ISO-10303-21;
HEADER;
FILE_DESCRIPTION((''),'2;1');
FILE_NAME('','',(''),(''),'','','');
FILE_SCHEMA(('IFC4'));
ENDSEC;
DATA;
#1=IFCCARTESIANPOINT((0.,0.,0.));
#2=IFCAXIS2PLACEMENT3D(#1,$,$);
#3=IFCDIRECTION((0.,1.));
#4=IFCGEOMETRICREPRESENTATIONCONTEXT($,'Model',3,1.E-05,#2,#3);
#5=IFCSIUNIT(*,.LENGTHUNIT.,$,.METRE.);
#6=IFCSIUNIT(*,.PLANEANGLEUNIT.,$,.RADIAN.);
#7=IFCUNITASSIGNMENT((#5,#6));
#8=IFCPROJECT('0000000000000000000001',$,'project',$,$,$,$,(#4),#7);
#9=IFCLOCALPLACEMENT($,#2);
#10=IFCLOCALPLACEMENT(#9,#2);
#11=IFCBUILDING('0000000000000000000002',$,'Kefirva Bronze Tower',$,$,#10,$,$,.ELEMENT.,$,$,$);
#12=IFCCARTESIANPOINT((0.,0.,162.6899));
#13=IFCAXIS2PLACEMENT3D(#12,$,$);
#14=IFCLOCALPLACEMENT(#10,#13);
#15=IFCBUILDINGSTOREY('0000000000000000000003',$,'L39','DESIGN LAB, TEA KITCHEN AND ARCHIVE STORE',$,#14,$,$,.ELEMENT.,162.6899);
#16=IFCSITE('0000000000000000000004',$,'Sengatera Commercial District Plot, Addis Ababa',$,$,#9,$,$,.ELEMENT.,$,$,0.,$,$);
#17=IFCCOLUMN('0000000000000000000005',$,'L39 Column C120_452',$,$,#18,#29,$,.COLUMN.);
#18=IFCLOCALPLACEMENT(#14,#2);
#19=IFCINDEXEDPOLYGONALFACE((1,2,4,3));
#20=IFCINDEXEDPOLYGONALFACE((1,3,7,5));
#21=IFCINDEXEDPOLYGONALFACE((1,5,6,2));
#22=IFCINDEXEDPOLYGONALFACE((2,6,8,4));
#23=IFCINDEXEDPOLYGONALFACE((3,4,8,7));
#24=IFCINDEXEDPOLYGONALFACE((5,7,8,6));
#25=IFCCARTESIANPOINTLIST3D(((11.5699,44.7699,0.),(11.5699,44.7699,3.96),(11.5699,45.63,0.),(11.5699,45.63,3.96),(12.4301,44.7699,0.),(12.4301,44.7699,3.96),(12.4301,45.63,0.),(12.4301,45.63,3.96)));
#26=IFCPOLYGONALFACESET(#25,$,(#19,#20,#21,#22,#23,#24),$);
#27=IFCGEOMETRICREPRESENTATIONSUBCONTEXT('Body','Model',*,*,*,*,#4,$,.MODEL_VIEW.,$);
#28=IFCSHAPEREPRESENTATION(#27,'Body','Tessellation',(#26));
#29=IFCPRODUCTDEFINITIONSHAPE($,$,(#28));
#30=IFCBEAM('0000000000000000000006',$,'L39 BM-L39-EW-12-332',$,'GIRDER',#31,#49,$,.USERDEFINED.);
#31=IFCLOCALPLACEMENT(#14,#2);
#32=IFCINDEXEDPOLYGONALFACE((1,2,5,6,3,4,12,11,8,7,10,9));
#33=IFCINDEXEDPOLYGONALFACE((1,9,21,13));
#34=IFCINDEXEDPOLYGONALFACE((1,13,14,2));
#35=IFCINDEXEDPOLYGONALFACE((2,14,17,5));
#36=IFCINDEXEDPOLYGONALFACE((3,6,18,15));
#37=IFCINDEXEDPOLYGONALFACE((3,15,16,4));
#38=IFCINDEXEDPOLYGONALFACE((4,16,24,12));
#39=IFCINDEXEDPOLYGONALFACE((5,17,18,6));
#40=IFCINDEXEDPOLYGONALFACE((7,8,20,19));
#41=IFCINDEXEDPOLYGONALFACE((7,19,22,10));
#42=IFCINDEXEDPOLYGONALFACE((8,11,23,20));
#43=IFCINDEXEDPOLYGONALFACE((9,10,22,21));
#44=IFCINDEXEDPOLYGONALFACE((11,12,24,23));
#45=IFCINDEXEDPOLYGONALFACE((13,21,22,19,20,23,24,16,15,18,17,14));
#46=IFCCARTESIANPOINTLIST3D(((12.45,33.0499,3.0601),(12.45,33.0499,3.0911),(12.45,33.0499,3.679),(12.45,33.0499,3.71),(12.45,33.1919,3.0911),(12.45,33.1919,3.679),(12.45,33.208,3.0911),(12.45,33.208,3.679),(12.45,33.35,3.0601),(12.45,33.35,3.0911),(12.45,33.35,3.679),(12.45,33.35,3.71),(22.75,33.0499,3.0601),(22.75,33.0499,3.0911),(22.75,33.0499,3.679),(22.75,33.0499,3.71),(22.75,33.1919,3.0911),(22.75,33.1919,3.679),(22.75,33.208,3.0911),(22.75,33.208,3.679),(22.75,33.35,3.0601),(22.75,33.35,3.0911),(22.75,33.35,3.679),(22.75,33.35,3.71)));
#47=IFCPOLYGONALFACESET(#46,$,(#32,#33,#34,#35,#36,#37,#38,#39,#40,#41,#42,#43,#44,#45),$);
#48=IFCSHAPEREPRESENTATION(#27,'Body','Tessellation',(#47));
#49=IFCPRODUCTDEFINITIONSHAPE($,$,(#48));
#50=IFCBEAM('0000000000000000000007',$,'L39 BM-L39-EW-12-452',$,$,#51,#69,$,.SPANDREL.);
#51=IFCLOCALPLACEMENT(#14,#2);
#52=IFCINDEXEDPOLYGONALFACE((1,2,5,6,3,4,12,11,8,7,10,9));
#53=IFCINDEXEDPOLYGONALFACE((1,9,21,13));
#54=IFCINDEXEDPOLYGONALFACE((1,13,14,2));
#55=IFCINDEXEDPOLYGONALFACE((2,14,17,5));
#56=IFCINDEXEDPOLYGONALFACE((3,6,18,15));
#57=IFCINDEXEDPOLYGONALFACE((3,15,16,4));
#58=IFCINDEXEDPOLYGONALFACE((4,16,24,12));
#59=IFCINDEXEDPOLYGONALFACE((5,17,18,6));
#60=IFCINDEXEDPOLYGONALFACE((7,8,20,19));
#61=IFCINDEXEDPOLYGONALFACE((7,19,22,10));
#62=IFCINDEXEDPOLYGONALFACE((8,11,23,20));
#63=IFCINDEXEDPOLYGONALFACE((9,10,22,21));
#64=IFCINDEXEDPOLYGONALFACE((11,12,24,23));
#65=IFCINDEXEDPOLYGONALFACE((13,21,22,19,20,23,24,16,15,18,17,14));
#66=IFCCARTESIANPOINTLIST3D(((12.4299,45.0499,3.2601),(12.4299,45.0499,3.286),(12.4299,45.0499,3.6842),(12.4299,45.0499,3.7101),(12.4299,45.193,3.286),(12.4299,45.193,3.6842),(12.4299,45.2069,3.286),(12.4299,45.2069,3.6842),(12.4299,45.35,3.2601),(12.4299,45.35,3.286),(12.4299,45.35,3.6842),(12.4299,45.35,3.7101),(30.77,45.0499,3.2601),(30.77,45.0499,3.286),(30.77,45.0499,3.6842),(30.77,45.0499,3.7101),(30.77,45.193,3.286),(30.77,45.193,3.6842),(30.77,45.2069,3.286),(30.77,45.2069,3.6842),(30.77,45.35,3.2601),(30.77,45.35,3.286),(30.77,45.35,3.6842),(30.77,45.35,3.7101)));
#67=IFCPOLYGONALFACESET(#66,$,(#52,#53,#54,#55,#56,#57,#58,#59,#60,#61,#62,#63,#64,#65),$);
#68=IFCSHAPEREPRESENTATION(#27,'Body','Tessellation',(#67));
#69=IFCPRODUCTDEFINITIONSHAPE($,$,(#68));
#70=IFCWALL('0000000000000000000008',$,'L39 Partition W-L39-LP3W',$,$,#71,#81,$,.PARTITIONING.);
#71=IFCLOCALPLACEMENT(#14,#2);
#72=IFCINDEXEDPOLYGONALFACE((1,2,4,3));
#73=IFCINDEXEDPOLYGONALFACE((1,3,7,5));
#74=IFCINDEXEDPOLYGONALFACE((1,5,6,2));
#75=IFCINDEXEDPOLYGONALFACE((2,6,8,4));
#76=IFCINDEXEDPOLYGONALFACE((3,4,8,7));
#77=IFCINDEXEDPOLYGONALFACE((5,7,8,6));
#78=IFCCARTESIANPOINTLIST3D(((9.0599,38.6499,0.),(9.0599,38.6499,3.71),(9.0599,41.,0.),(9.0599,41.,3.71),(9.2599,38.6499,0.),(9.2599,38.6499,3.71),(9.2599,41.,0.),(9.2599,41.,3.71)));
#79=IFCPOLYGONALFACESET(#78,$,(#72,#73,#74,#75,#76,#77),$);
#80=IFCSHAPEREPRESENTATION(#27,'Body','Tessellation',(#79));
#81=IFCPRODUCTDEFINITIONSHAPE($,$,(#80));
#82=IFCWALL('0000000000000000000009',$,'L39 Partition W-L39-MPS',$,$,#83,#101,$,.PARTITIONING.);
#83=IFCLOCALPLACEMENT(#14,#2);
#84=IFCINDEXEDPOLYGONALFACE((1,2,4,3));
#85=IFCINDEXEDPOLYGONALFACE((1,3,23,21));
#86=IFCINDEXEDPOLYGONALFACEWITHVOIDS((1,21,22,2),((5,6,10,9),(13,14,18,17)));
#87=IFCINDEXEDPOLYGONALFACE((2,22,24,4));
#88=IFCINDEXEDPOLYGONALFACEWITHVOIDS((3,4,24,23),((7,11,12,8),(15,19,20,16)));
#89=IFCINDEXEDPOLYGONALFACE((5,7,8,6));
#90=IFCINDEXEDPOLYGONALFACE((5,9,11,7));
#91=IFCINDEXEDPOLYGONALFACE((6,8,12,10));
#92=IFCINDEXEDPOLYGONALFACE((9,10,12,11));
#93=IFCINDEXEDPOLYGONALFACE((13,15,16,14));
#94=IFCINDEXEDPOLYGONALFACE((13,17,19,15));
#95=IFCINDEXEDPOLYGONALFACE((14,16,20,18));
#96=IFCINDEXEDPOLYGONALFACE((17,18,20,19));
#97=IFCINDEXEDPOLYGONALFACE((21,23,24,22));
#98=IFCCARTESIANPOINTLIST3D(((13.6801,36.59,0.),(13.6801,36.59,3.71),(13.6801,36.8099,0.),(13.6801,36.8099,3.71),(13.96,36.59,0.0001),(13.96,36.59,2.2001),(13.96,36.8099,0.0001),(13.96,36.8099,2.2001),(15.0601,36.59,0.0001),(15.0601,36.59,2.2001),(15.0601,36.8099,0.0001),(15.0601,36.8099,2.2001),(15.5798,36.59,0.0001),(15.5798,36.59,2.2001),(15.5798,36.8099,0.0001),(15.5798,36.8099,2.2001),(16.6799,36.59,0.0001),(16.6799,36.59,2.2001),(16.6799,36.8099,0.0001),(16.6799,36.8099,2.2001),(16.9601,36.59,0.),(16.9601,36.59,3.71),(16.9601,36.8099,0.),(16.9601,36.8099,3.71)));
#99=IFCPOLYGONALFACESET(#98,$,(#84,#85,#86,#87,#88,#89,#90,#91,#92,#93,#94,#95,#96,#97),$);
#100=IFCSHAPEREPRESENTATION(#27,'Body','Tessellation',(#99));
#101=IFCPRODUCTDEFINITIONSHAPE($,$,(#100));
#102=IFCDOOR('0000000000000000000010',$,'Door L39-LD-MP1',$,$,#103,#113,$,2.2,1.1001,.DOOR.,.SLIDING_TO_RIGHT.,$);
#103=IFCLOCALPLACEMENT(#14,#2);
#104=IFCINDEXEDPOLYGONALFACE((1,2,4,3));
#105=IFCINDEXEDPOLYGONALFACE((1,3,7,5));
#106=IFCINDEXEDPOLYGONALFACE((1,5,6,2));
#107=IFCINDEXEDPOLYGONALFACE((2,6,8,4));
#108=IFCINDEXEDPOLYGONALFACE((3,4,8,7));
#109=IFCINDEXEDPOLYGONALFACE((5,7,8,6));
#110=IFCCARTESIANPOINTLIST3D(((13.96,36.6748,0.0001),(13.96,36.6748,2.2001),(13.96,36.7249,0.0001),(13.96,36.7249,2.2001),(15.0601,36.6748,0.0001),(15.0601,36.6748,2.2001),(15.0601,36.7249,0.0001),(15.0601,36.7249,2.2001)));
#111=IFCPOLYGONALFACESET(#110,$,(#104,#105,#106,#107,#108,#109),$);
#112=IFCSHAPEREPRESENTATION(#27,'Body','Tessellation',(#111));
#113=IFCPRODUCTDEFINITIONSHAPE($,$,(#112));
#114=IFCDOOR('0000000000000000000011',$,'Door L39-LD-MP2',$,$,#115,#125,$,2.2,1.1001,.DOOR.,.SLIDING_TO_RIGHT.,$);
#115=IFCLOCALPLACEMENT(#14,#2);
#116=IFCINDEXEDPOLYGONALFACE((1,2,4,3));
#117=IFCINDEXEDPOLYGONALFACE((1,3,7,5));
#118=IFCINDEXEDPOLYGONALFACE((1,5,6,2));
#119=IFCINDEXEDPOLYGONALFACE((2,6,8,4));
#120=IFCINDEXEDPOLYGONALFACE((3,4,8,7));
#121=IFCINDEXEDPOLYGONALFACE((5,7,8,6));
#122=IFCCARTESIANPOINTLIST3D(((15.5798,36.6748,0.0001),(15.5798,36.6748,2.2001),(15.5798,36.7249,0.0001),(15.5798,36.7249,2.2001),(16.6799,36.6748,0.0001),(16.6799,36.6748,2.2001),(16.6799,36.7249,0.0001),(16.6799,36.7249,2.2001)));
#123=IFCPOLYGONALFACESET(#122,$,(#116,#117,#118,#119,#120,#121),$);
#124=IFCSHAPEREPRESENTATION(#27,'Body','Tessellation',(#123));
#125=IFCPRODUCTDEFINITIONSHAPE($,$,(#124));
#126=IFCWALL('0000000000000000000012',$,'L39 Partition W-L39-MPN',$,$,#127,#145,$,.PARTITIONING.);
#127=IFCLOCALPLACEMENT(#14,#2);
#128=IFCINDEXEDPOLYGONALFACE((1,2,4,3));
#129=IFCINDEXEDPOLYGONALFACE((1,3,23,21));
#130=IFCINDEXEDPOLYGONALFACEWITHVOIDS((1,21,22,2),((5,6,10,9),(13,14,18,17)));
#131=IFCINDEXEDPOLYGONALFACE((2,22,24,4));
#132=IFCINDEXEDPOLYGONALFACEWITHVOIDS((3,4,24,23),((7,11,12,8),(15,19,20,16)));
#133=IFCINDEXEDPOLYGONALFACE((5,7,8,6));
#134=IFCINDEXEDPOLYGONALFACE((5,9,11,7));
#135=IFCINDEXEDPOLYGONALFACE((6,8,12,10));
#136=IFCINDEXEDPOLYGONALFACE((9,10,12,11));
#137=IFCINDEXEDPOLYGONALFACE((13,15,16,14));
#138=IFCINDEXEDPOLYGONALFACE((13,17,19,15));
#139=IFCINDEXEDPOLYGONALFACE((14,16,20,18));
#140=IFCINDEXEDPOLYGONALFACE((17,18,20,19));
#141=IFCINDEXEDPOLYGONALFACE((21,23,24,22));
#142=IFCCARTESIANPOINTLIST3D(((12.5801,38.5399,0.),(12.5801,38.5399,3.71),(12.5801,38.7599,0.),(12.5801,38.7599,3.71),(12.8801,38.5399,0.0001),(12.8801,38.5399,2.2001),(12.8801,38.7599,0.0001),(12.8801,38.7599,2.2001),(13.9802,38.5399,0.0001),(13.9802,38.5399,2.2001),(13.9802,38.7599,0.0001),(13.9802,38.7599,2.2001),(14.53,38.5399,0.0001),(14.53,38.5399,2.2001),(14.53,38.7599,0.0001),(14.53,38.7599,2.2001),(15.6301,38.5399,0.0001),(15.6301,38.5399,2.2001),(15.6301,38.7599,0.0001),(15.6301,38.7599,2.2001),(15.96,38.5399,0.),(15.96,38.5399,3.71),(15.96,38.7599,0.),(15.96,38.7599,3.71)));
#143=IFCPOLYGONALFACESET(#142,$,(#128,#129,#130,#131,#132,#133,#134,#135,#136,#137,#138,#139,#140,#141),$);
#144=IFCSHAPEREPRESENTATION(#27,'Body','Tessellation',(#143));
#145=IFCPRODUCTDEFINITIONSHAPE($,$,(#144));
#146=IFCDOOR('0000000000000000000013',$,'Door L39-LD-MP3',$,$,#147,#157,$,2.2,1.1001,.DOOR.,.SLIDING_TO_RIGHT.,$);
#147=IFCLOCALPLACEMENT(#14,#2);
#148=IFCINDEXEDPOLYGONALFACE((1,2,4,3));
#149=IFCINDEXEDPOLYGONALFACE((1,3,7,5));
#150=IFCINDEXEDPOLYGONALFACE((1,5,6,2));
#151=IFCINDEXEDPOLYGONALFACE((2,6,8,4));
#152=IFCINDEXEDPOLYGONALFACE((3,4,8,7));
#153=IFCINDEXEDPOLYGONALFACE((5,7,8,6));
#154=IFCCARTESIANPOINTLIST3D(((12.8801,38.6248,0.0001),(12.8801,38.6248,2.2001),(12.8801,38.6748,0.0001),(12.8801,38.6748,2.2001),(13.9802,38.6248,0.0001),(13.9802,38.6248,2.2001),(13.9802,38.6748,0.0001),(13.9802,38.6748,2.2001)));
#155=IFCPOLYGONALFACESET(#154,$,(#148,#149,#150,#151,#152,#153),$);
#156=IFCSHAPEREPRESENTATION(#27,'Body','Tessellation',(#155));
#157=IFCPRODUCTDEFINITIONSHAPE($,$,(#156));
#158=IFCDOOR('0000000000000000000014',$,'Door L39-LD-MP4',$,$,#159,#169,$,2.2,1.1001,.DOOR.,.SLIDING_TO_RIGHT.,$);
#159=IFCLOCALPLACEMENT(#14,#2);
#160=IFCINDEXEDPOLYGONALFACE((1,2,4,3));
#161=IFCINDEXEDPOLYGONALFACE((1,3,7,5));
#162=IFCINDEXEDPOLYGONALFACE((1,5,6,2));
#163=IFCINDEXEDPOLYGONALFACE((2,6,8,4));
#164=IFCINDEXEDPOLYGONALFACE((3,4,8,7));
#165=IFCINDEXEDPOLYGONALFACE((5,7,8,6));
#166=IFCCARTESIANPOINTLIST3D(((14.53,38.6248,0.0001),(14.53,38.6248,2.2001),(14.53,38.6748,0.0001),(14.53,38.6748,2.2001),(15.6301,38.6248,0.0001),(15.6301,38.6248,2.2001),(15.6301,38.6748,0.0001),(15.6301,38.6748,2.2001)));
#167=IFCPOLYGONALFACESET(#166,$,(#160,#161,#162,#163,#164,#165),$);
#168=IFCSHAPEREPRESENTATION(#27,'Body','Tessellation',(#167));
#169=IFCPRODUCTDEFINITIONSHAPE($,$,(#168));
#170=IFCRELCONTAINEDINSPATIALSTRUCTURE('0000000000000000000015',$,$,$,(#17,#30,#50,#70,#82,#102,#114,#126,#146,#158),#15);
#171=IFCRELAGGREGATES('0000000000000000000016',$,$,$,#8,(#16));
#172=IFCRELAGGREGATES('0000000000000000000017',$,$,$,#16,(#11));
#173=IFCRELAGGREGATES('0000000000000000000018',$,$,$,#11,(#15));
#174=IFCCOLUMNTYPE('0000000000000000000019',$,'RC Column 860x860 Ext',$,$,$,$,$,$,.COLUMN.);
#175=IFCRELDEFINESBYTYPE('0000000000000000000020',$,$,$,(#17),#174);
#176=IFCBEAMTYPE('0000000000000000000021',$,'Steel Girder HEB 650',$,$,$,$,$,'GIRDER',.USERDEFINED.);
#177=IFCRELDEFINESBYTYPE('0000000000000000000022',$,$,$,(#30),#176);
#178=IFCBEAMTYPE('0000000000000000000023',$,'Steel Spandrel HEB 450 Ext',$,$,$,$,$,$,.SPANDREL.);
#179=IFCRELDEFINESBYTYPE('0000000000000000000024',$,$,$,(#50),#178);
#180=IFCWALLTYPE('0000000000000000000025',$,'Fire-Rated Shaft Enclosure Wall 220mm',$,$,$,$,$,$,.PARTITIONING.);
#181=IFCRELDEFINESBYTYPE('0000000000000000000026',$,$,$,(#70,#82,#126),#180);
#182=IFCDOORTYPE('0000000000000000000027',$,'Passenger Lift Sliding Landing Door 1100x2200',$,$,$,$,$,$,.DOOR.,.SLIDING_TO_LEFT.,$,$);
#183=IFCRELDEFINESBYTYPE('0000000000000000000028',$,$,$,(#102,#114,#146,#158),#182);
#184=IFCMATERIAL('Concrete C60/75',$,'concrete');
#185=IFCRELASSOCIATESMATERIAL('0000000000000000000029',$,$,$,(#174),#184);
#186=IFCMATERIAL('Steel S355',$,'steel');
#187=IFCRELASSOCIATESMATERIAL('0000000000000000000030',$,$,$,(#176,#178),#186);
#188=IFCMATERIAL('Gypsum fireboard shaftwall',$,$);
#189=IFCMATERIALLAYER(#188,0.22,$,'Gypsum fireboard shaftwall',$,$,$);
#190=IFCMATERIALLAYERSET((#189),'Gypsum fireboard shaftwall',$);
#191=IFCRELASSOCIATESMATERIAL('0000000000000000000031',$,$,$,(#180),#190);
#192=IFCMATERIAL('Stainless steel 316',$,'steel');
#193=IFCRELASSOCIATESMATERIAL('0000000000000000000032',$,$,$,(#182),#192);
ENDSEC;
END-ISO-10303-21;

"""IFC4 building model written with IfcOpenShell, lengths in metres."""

from ifc_helpers import new_model, si_unit, direction, frame, frame_2d, origin, origin_2d, place, context, subcontext, project, spatial, rectangle, i_section, extrude, material, layer, layer_set, material_profile, profile_set, type_object, element, fill, save


model = new_model("IFC4")

# Units and contexts
model_context = context("Model", 3, precision=1e-05, world=origin(), true_north=direction((0.0, 1.0)))
body_context = subcontext(model_context, "Body", "Model", "MODEL_VIEW")
ifc_project = project(units=[si_unit("LENGTHUNIT", "METRE"), si_unit("PLANEANGLEUNIT", "RADIAN")], contexts=[model_context])

# Site, building, storey
site_placement = place(None, origin())
site = spatial("IfcSite", under=ifc_project, at=site_placement, Name="Sengatera Commercial District Plot, Addis Ababa", CompositionType="ELEMENT", RefElevation=0.0)
building_placement = place(site_placement, origin())
building = spatial("IfcBuilding", under=site, at=building_placement, Name="Kefirva Bronze Tower", CompositionType="ELEMENT")
storey_placement = place(building_placement, frame((0.0, 0.0, 162.6899)))
storey = spatial("IfcBuildingStorey", under=building, at=storey_placement, Name="L39", Description="DESIGN LAB, TEA KITCHEN AND ARCHIVE STORE", CompositionType="ELEMENT", Elevation=162.6899)

# Column
ifc_material_1 = material(Name="Concrete C60/75", Category="concrete")
ifc_material_profile_1 = material_profile(ifc_material_1, rectangle(XDim=0.8601, YDim=0.8601, at=origin_2d()), Name="RC 860x860")
ifc_profile_set_1 = profile_set([ifc_material_profile_1], Name="Concrete C60/75")
column_type = type_object("IfcColumnType", Name="RC Column 860x860 Ext", PredefinedType="COLUMN", material=ifc_profile_set_1)
column_placement = place(storey_placement, frame((12.0, 45.2, 0.0), z_axis=(0.0, 0.0, 1.0), x_axis=(1.0, 0.0, 0.0)))
element("IfcColumn", 1, at=column_placement, inside=storey, type_object=column_type, Name="L39 Column C120_452", PredefinedType="COLUMN", context=body_context, shape_type="SweptSolid", body=[
    extrude(rectangle(XDim=0.8601, YDim=0.8601, at=origin_2d()), origin(), (0.0, 0.0, 1.0), 3.96),
])

# Beams
ifc_material_2 = material(Name="Steel S355", Category="steel")
ifc_material_profile_2 = material_profile(ifc_material_2, i_section(OverallWidth=0.3, OverallDepth=0.6499, WebThickness=0.0161, FlangeThickness=0.031, at=origin_2d()), Name="HEB 650")
ifc_profile_set_2 = profile_set([ifc_material_profile_2], Name="Steel S355")
beam_type_1 = type_object("IfcBeamType", Name="Steel Girder HEB 650", ElementType="GIRDER", PredefinedType="USERDEFINED", material=ifc_profile_set_2)
beam_1_placement = place(storey_placement, frame((12.45, 33.2, 3.385), z_axis=(1.0, 0.0, 0.0), x_axis=(0.0, 1.0, 0.0)))
element("IfcBeam", 2, at=beam_1_placement, inside=storey, type_object=beam_type_1, Name="L39 BM-L39-EW-12-332", ObjectType="GIRDER", PredefinedType="USERDEFINED", context=body_context, shape_type="SweptSolid", body=[
    extrude(i_section(OverallWidth=0.3, OverallDepth=0.6499, WebThickness=0.0161, FlangeThickness=0.031, at=origin_2d()), origin(), (0.0, 0.0, 1.0), 10.3),
])
ifc_material_profile_3 = material_profile(ifc_material_2, i_section(OverallWidth=0.3, OverallDepth=0.45, WebThickness=0.0139, FlangeThickness=0.0259, at=origin_2d()), Name="HEB 450")
ifc_profile_set_3 = profile_set([ifc_material_profile_3], Name="Steel S355")
beam_type_2 = type_object("IfcBeamType", Name="Steel Spandrel HEB 450 Ext", PredefinedType="SPANDREL", material=ifc_profile_set_3)
beam_2_placement = place(storey_placement, frame((12.4299, 45.2, 3.4851), z_axis=(1.0, 0.0, 0.0), x_axis=(0.0, 1.0, 0.0)))
element("IfcBeam", 3, at=beam_2_placement, inside=storey, type_object=beam_type_2, Name="L39 BM-L39-EW-12-452", PredefinedType="SPANDREL", context=body_context, shape_type="SweptSolid", body=[
    extrude(i_section(OverallWidth=0.3, OverallDepth=0.45, WebThickness=0.0139, FlangeThickness=0.0259, at=origin_2d()), origin(), (0.0, 0.0, 1.0), 18.3401),
])

# Wall
ifc_material_3 = material(Name="Gypsum fireboard shaftwall")
ifc_layer_1 = layer(ifc_material_3, 0.22, Name="Gypsum fireboard shaftwall")
ifc_layer_set_1 = layer_set([ifc_layer_1], Name="Gypsum fireboard shaftwall")
wall_type_1 = type_object("IfcWallType", Name="Fire-Rated Shaft Enclosure Wall 220mm", PredefinedType="PARTITIONING", material=ifc_layer_set_1)
wall_1_placement = place(storey_placement, frame((9.1599, 38.6499, 0.0), z_axis=(0.0, 0.0, 1.0), x_axis=(0.0, 1.0, 0.0)))
element("IfcWall", 4, at=wall_1_placement, inside=storey, type_object=wall_type_1, Name="L39 Partition W-L39-LP3W", PredefinedType="PARTITIONING", context=body_context, shape_type="SweptSolid", body=[
    extrude(rectangle(XDim=2.3501, YDim=0.2, at=frame_2d((1.175, 0.0))), origin(), (0.0, 0.0, 1.0), 3.71),
])

# Walls, openings, doors
wall_2_placement = place(storey_placement, frame((13.6799, 36.7, 0.0), z_axis=(0.0, 0.0, 1.0), x_axis=(1.0, 0.0, 0.0)))
wall_2 = element("IfcWall", 5, at=wall_2_placement, inside=storey, type_object=wall_type_1, Name="L39 Partition W-L39-MPS", PredefinedType="PARTITIONING", context=body_context, shape_type="SweptSolid", body=[
    extrude(rectangle(XDim=3.28, YDim=0.22, at=frame_2d((1.6401, 0.0))), origin(), (0.0, 0.0, 1.0), 3.71),
])
opening_1_placement = place(wall_2_placement, frame((0.28, 0.0, 0.0)))
opening_1 = element("IfcOpeningElement", 6, at=opening_1_placement, cuts=wall_2, PredefinedType="OPENING", context=body_context, shape_type="SweptSolid", body=[
    extrude(rectangle(XDim=1.1001, YDim=2.2, at=frame_2d((0.55, 1.1001))), frame((0.0, 0.1201, 0.0), z_axis=(0.0, -1.0, 0.0), x_axis=(1.0, 0.0, 0.0)), (0.0, 0.0, 1.0), 0.24),
])
opening_2_placement = place(wall_2_placement, frame((1.8999, 0.0, 0.0)))
opening_2 = element("IfcOpeningElement", 7, at=opening_2_placement, cuts=wall_2, PredefinedType="OPENING", context=body_context, shape_type="SweptSolid", body=[
    extrude(rectangle(XDim=1.1001, YDim=2.2, at=frame_2d((0.55, 1.1001))), frame((0.0, 0.1201, 0.0), z_axis=(0.0, -1.0, 0.0), x_axis=(1.0, 0.0, 0.0)), (0.0, 0.0, 1.0), 0.24),
])
ifc_material_4 = material(Name="Stainless steel 316", Category="steel")
door_type_1 = type_object("IfcDoorType", Name="Passenger Lift Sliding Landing Door 1100x2200", OperationType="SLIDING_TO_LEFT", PredefinedType="DOOR", material=ifc_material_4)
door_1_placement = place(opening_1_placement, origin())
door_1 = element("IfcDoor", 8, at=door_1_placement, inside=storey, type_object=door_type_1, Name="Door L39-LD-MP1", OperationType="SLIDING_TO_RIGHT", OverallHeight=2.2, OverallWidth=1.1001, PredefinedType="DOOR", context=body_context, shape_type="SweptSolid", body=[
    extrude(rectangle(XDim=1.1001, YDim=2.2, at=frame_2d((0.55, 1.1001))), frame((0.0, 0.0249, 0.0), z_axis=(0.0, -1.0, 0.0), x_axis=(1.0, 0.0, 0.0)), (0.0, 0.0, 1.0), 0.05),
])
fill(opening_1, door_1)
door_2_placement = place(opening_2_placement, origin())
door_2 = element("IfcDoor", 9, at=door_2_placement, inside=storey, type_object=door_type_1, Name="Door L39-LD-MP2", OperationType="SLIDING_TO_RIGHT", OverallHeight=2.2, OverallWidth=1.1001, PredefinedType="DOOR", context=body_context, shape_type="SweptSolid", body=[
    extrude(rectangle(XDim=1.1001, YDim=2.2, at=frame_2d((0.55, 1.1001))), frame((0.0, 0.0249, 0.0), z_axis=(0.0, -1.0, 0.0), x_axis=(1.0, 0.0, 0.0)), (0.0, 0.0, 1.0), 0.05),
])
fill(opening_2, door_2)
wall_3_placement = place(storey_placement, frame((12.5801, 38.6499, 0.0), z_axis=(0.0, 0.0, 1.0), x_axis=(1.0, 0.0, 0.0)))
wall_3 = element("IfcWall", 10, at=wall_3_placement, inside=storey, type_object=wall_type_1, Name="L39 Partition W-L39-MPN", PredefinedType="PARTITIONING", context=body_context, shape_type="SweptSolid", body=[
    extrude(rectangle(XDim=3.3799, YDim=0.22, at=frame_2d((1.6899, 0.0))), origin(), (0.0, 0.0, 1.0), 3.71),
])
opening_3_placement = place(wall_3_placement, frame((0.3, 0.0, 0.0)))
opening_3 = element("IfcOpeningElement", 11, at=opening_3_placement, cuts=wall_3, PredefinedType="OPENING", context=body_context, shape_type="SweptSolid", body=[
    extrude(rectangle(XDim=1.1001, YDim=2.2, at=frame_2d((0.55, 1.1001))), frame((0.0, 0.1201, 0.0), z_axis=(0.0, -1.0, 0.0), x_axis=(1.0, 0.0, 0.0)), (0.0, 0.0, 1.0), 0.24),
])
opening_4_placement = place(wall_3_placement, frame((1.95, 0.0, 0.0)))
opening_4 = element("IfcOpeningElement", 12, at=opening_4_placement, cuts=wall_3, PredefinedType="OPENING", context=body_context, shape_type="SweptSolid", body=[
    extrude(rectangle(XDim=1.1001, YDim=2.2, at=frame_2d((0.55, 1.1001))), frame((0.0, 0.1201, 0.0), z_axis=(0.0, -1.0, 0.0), x_axis=(1.0, 0.0, 0.0)), (0.0, 0.0, 1.0), 0.24),
])
door_3_placement = place(opening_3_placement, origin())
door_3 = element("IfcDoor", 13, at=door_3_placement, inside=storey, type_object=door_type_1, Name="Door L39-LD-MP3", OperationType="SLIDING_TO_RIGHT", OverallHeight=2.2, OverallWidth=1.1001, PredefinedType="DOOR", context=body_context, shape_type="SweptSolid", body=[
    extrude(rectangle(XDim=1.1001, YDim=2.2, at=frame_2d((0.55, 1.1001))), frame((0.0, 0.0249, 0.0), z_axis=(0.0, -1.0, 0.0), x_axis=(1.0, 0.0, 0.0)), (0.0, 0.0, 1.0), 0.05),
])
fill(opening_3, door_3)
door_4_placement = place(opening_4_placement, origin())
door_4 = element("IfcDoor", 14, at=door_4_placement, inside=storey, type_object=door_type_1, Name="Door L39-LD-MP4", OperationType="SLIDING_TO_RIGHT", OverallHeight=2.2, OverallWidth=1.1001, PredefinedType="DOOR", context=body_context, shape_type="SweptSolid", body=[
    extrude(rectangle(XDim=1.1001, YDim=2.2, at=frame_2d((0.55, 1.1001))), frame((0.0, 0.0249, 0.0), z_axis=(0.0, -1.0, 0.0), x_axis=(1.0, 0.0, 0.0)), (0.0, 0.0, 1.0), 0.05),
])
fill(opening_4, door_4)

save(model, "model.ifc")
